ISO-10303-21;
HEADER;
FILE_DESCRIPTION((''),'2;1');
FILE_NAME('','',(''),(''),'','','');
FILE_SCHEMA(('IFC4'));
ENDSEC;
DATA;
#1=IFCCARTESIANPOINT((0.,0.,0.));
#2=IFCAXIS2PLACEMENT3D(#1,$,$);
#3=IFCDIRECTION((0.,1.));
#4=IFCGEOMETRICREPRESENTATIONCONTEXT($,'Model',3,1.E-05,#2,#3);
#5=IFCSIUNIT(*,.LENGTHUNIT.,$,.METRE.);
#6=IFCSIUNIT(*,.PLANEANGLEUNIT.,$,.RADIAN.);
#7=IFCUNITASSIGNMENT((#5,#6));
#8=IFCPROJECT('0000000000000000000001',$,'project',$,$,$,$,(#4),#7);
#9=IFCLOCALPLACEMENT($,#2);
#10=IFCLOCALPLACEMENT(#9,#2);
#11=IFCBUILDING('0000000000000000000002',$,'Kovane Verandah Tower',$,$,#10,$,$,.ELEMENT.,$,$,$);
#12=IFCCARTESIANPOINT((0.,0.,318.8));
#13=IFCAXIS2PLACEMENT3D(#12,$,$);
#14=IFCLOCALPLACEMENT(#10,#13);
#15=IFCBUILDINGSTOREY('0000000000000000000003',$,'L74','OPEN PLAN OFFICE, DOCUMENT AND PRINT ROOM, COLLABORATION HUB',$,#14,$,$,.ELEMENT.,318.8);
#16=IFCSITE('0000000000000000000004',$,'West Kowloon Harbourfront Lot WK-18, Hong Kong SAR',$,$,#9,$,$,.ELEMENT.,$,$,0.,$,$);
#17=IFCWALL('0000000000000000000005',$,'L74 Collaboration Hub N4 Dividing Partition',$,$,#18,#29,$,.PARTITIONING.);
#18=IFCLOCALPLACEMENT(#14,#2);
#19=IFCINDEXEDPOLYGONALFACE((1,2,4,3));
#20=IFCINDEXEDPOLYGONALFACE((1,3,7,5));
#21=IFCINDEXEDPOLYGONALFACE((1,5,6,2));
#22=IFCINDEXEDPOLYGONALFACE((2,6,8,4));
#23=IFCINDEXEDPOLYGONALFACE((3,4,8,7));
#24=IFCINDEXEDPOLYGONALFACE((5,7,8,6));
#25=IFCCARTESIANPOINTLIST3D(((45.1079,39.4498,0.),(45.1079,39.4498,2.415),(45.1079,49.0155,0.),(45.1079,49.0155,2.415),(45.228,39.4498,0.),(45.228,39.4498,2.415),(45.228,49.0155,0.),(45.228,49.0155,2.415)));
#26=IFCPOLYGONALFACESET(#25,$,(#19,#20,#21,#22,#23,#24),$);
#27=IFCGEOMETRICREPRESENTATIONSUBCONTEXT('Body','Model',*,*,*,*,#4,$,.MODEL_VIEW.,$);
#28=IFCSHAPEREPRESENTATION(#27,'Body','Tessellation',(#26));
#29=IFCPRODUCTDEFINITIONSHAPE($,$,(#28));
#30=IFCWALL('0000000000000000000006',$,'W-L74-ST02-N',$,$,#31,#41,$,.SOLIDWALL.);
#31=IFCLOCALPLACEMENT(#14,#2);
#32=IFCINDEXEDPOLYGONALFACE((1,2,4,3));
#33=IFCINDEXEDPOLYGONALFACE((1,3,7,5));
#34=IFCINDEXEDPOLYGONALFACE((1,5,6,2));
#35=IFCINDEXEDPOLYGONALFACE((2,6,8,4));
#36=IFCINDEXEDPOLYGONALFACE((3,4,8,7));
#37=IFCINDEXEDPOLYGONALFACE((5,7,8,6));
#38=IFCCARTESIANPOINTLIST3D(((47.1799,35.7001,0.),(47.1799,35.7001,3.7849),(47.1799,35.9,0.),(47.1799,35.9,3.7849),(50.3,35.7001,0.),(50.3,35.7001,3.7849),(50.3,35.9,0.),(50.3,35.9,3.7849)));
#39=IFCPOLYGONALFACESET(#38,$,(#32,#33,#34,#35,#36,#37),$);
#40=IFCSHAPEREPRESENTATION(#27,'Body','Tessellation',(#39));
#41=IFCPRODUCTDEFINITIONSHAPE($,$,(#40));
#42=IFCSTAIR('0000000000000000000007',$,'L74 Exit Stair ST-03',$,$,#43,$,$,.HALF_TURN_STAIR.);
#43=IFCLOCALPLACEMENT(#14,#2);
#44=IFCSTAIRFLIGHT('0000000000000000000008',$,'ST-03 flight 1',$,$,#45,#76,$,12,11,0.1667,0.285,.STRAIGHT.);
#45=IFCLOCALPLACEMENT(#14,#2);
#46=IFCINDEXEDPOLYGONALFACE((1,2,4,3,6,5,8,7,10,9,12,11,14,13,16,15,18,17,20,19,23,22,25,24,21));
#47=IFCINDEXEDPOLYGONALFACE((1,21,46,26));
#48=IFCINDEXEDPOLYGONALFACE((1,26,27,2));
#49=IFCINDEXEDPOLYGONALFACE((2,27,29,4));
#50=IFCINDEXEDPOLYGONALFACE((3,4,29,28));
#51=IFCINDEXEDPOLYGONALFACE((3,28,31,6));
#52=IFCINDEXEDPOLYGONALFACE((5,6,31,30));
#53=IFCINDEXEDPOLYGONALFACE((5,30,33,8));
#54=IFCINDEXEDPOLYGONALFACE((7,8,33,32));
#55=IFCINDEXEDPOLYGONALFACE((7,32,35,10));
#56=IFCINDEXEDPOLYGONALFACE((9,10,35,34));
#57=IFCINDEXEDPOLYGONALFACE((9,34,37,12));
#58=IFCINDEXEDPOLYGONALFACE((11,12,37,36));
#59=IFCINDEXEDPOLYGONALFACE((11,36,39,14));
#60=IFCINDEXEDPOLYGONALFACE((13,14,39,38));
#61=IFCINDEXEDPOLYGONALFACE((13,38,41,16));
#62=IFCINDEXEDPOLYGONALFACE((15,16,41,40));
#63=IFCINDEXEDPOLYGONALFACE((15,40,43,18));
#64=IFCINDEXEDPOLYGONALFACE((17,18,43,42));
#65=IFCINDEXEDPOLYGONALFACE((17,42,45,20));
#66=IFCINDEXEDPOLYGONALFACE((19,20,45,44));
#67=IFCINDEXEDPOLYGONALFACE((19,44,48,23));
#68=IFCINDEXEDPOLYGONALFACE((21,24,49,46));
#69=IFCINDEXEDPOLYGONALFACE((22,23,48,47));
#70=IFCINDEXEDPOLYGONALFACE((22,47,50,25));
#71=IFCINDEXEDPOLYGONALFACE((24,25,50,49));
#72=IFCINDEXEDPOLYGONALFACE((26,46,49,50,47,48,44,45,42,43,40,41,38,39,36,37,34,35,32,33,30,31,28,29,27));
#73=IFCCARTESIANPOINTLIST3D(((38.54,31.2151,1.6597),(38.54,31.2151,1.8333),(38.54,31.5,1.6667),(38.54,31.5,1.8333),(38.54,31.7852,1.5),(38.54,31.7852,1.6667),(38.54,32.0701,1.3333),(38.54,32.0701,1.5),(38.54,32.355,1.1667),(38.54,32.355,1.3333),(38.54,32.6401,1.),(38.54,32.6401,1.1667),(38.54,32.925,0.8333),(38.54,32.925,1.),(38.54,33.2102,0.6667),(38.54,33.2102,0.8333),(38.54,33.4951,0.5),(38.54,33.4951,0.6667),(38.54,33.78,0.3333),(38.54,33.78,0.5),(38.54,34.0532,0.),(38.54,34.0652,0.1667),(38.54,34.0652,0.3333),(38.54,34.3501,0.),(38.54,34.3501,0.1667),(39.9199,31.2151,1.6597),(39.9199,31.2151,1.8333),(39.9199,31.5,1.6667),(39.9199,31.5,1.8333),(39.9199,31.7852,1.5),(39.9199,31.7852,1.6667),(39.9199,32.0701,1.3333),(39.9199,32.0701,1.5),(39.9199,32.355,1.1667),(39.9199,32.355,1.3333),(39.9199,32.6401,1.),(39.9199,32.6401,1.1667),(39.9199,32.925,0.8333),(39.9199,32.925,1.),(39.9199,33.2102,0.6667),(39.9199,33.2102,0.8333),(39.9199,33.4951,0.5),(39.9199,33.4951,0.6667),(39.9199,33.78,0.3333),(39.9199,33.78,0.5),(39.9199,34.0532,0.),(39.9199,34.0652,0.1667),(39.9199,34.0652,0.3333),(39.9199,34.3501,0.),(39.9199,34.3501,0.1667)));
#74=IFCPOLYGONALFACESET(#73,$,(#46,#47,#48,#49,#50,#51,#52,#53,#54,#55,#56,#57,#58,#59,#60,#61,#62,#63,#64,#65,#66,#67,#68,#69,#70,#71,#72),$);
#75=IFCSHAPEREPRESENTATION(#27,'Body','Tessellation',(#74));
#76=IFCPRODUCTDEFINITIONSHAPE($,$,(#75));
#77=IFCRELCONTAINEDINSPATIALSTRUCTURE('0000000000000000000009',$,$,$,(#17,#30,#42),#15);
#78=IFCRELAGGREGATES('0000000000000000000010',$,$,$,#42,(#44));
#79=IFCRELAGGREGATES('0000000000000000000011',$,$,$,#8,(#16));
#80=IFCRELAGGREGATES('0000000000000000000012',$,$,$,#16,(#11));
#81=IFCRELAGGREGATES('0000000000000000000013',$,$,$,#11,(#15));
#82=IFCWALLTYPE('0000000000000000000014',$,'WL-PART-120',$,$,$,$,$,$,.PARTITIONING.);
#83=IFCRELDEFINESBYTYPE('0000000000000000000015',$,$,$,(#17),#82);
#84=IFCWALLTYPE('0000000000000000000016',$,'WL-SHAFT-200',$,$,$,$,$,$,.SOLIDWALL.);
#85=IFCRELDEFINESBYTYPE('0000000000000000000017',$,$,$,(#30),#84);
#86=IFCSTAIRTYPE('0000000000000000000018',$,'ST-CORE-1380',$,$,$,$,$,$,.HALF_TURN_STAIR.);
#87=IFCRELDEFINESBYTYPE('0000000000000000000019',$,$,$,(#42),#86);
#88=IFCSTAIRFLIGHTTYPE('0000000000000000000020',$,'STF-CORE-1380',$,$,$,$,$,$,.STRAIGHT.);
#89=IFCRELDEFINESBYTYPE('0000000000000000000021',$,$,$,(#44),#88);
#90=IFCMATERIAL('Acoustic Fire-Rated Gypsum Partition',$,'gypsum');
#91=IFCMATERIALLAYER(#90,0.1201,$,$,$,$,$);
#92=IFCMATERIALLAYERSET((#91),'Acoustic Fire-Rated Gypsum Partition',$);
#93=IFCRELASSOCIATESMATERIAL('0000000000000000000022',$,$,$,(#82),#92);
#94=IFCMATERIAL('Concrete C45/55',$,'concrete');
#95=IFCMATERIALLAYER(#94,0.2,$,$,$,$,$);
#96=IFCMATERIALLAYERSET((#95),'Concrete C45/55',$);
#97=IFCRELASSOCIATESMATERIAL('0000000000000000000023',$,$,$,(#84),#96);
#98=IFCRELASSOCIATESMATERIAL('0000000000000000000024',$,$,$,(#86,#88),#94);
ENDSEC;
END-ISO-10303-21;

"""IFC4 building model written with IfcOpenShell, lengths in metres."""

from ifc_helpers import new_model, si_unit, direction, frame, frame_2d, origin, place, context, subcontext, project, spatial, polyline, rectangle, outline, extrude, material, layer, layer_set, type_object, element, aggregate, save


model = new_model("IFC4")

# Units and contexts
model_context = context("Model", 3, precision=1e-05, world=origin(), true_north=direction((0.0, 1.0)))
body_context = subcontext(model_context, "Body", "Model", "MODEL_VIEW")
ifc_project = project(units=[si_unit("LENGTHUNIT", "METRE"), si_unit("PLANEANGLEUNIT", "RADIAN")], contexts=[model_context])

# Site, building, storey
site_placement = place(None, origin())
site = spatial("IfcSite", under=ifc_project, at=site_placement, Name="West Kowloon Harbourfront Lot WK-18, Hong Kong SAR", CompositionType="ELEMENT", RefElevation=0.0)
building_placement = place(site_placement, origin())
building = spatial("IfcBuilding", under=site, at=building_placement, Name="Kovane Verandah Tower", CompositionType="ELEMENT")
storey_placement = place(building_placement, frame((0.0, 0.0, 318.8)))
storey = spatial("IfcBuildingStorey", under=building, at=storey_placement, Name="L74", Description="OPEN PLAN OFFICE, DOCUMENT AND PRINT ROOM, COLLABORATION HUB", CompositionType="ELEMENT", Elevation=318.8)

# Walls
ifc_material_1 = material(Name="Acoustic Fire-Rated Gypsum Partition", Category="gypsum")
ifc_layer_1 = layer(ifc_material_1, 0.1201)
ifc_layer_set_1 = layer_set([ifc_layer_1], Name="Acoustic Fire-Rated Gypsum Partition")
wall_type_1 = type_object("IfcWallType", Name="WL-PART-120", PredefinedType="PARTITIONING", material=ifc_layer_set_1)
for number, where, z_axis, x_axis, name in (
    (1, (45.168, 39.45, 0.0), (0.0, 0.0, 1.0), (0.0, 1.0, 0.0), "L74 Collaboration Hub N4 Dividing Partition"),
):
    element("IfcWall", number, at=place(storey_placement, frame(where, z_axis=z_axis, x_axis=x_axis)), inside=storey, type_object=wall_type_1, Name=name, PredefinedType="PARTITIONING", context=body_context, shape_type="SweptSolid", body=[
        extrude(rectangle(XDim=9.5657, YDim=0.1201, at=frame_2d((4.7827, 0.0))), origin(), (0.0, 0.0, 1.0), 2.415),
    ])
ifc_material_2 = material(Name="Concrete C45/55", Category="concrete")
ifc_layer_2 = layer(ifc_material_2, 0.2)
ifc_layer_set_2 = layer_set([ifc_layer_2], Name="Concrete C45/55")
wall_type_2 = type_object("IfcWallType", Name="WL-SHAFT-200", PredefinedType="SOLIDWALL", material=ifc_layer_set_2)
wall_1_placement = place(storey_placement, frame((47.1799, 35.8, 0.0), z_axis=(0.0, 0.0, 1.0), x_axis=(1.0, 0.0, 0.0)))
element("IfcWall", 2, at=wall_1_placement, inside=storey, type_object=wall_type_2, Name="W-L74-ST02-N", PredefinedType="SOLIDWALL", context=body_context, shape_type="SweptSolid", body=[
    extrude(rectangle(XDim=3.1201, YDim=0.2, at=frame_2d((1.5601, 0.0))), origin(), (0.0, 0.0, 1.0), 3.7849),
])

# Stair, stair flight
stair_type = type_object("IfcStairType", Name="ST-CORE-1380", PredefinedType="HALF_TURN_STAIR", material=ifc_material_2)
stair_placement = place(storey_placement, origin())
stair = element("IfcStair", 3, at=stair_placement, inside=storey, type_object=stair_type, Name="L74 Exit Stair ST-03", PredefinedType="HALF_TURN_STAIR")
stair_flight_type = type_object("IfcStairFlightType", Name="STF-CORE-1380", PredefinedType="STRAIGHT", material=ifc_material_2)
stair_flight_placement = place(storey_placement, frame((39.23, 34.3501, 0.0), z_axis=(0.0, 0.0, 1.0), x_axis=(0.0, -1.0, 0.0)))
stair_flight = element("IfcStairFlight", 4, at=stair_flight_placement, type_object=stair_flight_type, Name="ST-03 flight 1", NumberOfRisers=12, NumberOfTreads=11, PredefinedType="STRAIGHT", RiserHeight=0.1667, TreadLength=0.285, context=body_context, shape_type="SweptSolid", body=[
    extrude(outline(polyline([(0.0, 0.0), (0.0, 0.1667), (0.2849, 0.1667), (0.2849, 0.3333), (0.5701, 0.3333), (0.5701, 0.5), (0.855, 0.5), (0.855, 0.6667), (1.1399, 0.6667), (1.1399, 0.8333), (1.425, 0.8333), (1.425, 1.0), (1.71, 1.0), (1.71, 1.1667), (1.9951, 1.1667), (1.9951, 1.3333), (2.28, 1.3333), (2.28, 1.5), (2.5649, 1.5), (2.5649, 1.6667), (2.8501, 1.6667), (2.8501, 1.8333), (3.135, 1.8333), (3.135, 2.0), (3.135, 1.6597), (0.2969, 0.0), (0.0, 0.0)])), frame((0.0, 0.6899, 0.0), z_axis=(0.0, -1.0, 0.0), x_axis=(1.0, 0.0, 0.0)), (0.0, 0.0, 1.0), 1.3799),
])
aggregate(stair, [stair_flight])

save(model, "model.ifc")
